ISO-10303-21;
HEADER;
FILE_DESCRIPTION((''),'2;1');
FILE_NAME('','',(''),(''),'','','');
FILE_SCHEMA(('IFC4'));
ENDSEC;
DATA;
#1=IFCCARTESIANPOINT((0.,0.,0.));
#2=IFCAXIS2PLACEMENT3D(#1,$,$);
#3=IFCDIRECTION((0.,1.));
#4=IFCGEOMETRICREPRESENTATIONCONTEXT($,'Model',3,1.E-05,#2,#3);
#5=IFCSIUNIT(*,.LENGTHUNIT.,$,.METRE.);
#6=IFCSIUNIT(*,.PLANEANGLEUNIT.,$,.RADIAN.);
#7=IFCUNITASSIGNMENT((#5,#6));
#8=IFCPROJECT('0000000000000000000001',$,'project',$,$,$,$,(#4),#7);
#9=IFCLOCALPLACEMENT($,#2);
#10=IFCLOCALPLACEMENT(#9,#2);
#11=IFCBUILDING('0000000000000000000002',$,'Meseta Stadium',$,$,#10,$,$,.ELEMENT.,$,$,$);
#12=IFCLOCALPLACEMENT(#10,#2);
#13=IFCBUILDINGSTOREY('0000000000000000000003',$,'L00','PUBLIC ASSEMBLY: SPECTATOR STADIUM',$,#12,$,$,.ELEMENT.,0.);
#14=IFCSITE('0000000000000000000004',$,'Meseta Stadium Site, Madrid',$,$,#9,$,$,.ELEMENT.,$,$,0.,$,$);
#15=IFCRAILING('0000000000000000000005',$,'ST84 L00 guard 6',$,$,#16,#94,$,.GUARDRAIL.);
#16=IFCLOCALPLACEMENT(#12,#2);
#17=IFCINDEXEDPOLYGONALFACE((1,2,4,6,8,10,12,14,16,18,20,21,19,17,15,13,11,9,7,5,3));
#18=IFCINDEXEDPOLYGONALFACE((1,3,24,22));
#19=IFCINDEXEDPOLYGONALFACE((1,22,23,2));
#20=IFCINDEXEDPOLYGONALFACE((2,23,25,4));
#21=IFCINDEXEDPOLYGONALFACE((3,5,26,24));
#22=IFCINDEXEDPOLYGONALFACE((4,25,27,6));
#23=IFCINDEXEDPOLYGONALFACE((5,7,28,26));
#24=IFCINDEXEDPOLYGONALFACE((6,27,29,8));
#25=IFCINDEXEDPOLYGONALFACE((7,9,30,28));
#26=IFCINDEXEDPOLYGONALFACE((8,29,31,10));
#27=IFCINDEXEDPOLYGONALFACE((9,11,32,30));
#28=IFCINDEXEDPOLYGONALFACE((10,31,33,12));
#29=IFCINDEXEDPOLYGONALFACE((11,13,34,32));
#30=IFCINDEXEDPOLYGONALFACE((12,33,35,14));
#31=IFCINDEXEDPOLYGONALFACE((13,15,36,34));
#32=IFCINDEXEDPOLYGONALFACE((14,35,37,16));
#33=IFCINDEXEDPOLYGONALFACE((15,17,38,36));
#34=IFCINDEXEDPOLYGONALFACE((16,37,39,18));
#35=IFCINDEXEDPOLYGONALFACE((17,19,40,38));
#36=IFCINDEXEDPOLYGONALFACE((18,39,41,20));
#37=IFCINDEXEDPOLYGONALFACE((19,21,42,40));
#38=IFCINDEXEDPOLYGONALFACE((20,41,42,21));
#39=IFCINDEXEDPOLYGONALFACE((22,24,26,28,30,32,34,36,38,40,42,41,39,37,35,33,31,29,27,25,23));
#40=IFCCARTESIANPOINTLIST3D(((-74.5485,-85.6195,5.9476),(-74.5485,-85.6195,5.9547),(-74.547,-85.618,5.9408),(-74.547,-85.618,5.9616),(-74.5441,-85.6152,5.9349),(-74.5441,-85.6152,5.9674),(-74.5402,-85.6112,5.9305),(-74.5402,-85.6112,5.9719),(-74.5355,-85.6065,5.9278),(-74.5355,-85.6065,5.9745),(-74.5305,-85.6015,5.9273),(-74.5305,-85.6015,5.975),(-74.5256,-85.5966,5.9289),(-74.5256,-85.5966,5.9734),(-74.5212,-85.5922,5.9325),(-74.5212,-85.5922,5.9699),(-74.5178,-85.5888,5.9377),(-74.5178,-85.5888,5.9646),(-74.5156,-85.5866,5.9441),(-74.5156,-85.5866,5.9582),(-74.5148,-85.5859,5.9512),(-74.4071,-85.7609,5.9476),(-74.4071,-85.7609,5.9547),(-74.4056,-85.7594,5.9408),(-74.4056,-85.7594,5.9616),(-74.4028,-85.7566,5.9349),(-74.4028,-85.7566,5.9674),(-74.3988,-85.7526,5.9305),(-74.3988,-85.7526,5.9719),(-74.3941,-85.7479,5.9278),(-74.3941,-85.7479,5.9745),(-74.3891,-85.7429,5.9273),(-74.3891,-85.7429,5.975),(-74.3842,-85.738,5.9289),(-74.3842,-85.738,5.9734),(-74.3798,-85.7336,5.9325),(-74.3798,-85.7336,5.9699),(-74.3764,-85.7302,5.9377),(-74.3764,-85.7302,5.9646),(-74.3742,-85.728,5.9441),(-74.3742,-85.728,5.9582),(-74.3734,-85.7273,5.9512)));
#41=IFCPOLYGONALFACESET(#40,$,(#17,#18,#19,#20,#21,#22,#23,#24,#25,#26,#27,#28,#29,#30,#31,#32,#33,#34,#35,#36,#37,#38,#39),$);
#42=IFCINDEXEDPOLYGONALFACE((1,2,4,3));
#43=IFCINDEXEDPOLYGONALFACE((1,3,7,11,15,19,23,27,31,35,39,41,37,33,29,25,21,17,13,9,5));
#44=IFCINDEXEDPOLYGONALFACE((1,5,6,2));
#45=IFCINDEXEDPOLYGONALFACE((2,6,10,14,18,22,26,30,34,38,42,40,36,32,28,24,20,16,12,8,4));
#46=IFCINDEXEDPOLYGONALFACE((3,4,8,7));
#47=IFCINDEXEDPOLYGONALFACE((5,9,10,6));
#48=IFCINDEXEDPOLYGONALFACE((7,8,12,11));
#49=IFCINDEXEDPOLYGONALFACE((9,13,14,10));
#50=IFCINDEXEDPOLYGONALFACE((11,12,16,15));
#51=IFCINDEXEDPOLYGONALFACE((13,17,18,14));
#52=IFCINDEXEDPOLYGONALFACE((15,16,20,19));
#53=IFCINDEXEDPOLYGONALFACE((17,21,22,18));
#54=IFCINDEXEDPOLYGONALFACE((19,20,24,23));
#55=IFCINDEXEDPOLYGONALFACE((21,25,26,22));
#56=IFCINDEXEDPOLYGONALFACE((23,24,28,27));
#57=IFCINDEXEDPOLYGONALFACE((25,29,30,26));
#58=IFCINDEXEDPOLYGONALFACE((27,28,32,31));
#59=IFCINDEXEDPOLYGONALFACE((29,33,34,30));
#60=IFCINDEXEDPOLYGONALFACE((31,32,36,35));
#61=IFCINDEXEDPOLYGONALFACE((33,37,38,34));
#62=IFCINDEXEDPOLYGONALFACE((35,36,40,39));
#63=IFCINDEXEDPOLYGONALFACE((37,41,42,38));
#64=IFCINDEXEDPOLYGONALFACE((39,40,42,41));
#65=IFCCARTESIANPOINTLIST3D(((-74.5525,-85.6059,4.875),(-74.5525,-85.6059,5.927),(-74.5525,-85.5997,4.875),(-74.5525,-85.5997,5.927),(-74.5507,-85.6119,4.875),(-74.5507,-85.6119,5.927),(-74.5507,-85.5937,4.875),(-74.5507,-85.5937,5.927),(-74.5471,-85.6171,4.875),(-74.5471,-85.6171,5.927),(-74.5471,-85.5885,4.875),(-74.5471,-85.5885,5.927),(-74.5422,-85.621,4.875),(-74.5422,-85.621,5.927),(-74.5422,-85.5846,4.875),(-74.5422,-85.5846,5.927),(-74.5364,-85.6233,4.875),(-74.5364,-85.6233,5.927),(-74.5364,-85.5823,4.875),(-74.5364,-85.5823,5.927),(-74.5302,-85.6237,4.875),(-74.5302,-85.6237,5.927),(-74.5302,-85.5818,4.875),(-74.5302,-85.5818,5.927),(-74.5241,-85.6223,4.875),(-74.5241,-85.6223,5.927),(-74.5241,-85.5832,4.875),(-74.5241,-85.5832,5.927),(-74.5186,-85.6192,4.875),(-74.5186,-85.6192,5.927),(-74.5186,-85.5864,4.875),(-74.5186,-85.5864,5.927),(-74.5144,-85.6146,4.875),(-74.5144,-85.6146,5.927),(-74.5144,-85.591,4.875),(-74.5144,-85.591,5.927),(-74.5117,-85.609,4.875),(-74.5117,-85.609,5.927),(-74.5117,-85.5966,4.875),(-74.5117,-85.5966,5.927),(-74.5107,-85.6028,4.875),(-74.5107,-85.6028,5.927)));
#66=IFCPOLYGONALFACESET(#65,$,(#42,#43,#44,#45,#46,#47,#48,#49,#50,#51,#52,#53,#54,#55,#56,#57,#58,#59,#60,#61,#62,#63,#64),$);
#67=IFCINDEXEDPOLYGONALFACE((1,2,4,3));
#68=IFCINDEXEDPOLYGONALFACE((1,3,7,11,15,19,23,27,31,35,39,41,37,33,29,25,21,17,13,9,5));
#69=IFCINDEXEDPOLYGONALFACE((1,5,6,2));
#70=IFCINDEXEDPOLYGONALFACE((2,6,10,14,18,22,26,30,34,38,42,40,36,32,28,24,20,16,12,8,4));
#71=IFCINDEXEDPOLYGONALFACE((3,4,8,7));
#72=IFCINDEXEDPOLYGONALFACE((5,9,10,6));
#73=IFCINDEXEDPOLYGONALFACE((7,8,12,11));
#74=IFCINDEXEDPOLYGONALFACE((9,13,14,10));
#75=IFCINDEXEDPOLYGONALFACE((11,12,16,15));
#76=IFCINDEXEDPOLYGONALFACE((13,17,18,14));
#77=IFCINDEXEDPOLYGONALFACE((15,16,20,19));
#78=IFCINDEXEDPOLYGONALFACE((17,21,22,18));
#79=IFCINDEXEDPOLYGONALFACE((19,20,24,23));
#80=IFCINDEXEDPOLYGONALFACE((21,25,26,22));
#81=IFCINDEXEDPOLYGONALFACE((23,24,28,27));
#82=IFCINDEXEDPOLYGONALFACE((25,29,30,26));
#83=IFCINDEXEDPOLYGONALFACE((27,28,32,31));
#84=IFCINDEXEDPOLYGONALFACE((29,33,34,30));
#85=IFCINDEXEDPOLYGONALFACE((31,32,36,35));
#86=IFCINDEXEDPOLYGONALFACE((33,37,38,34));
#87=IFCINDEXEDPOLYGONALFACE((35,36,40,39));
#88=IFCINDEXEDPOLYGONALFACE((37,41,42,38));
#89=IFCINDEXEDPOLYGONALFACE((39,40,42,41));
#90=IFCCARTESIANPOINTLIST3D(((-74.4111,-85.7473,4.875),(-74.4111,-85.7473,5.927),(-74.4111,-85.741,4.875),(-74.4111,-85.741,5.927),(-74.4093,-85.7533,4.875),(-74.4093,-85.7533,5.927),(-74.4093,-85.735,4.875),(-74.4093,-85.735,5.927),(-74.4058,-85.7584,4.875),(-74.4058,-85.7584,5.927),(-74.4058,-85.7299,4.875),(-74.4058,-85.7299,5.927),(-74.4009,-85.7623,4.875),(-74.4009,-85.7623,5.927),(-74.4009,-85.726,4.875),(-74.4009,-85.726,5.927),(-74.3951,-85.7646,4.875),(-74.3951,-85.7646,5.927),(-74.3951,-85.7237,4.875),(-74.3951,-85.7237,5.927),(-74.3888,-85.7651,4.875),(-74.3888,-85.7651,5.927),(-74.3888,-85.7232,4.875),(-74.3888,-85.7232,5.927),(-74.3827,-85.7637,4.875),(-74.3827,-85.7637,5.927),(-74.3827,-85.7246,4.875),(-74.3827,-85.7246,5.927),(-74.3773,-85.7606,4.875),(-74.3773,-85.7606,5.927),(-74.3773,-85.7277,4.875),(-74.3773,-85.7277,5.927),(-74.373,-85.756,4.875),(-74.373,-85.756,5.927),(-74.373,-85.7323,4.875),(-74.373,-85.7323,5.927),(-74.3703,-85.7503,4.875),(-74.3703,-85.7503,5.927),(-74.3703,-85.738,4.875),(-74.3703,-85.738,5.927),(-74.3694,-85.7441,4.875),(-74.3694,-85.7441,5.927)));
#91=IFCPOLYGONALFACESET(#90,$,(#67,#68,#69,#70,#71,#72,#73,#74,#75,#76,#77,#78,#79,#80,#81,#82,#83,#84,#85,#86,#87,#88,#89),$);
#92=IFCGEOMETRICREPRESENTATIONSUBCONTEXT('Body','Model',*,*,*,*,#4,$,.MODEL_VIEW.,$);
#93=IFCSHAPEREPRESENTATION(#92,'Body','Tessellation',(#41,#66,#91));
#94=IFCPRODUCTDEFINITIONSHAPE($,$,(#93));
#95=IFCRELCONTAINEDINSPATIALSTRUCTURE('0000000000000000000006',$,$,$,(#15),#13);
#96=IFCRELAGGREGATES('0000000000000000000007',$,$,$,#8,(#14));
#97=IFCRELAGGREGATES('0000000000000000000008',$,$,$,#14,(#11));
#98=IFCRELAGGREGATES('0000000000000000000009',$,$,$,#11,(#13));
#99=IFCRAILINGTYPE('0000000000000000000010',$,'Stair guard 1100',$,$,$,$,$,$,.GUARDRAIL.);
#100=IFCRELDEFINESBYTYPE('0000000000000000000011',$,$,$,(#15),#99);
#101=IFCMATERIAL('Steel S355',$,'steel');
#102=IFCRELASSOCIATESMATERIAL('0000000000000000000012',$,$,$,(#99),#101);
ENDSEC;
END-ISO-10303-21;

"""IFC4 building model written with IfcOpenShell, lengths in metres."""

from ifc_helpers import new_model, si_unit, direction, frame, origin, origin_2d, place, context, subcontext, project, spatial, circle, extrude, material, type_object, element, save


model = new_model("IFC4")

# Units and contexts
model_context = context("Model", 3, precision=1e-05, world=origin(), true_north=direction((0.0, 1.0)))
body_context = subcontext(model_context, "Body", "Model", "MODEL_VIEW")
ifc_project = project(units=[si_unit("LENGTHUNIT", "METRE"), si_unit("PLANEANGLEUNIT", "RADIAN")], contexts=[model_context])

# Site, building, storey
site_placement = place(None, origin())
site = spatial("IfcSite", under=ifc_project, at=site_placement, Name="Meseta Stadium Site, Madrid", CompositionType="ELEMENT", RefElevation=0.0)
building_placement = place(site_placement, origin())
building = spatial("IfcBuilding", under=site, at=building_placement, Name="Meseta Stadium", CompositionType="ELEMENT")
storey_placement = place(building_placement, origin())
storey = spatial("IfcBuildingStorey", under=building, at=storey_placement, Name="L00", Description="PUBLIC ASSEMBLY: SPECTATOR STADIUM", CompositionType="ELEMENT", Elevation=0.0)

# Railing
ifc_material_1 = material(Name="Steel S355", Category="steel")
railing_type_1 = type_object("IfcRailingType", Name="Stair guard 1100", PredefinedType="GUARDRAIL", material=ifc_material_1)
railing_1_placement = place(storey_placement, frame((-74.5317, -85.6028, 4.875)))
element("IfcRailing", 1, at=railing_1_placement, inside=storey, type_object=railing_type_1, Name="ST84 L00 guard 6", PredefinedType="GUARDRAIL", context=body_context, shape_type="SweptSolid", body=[
    extrude(circle(Radius=0.0239, at=origin_2d()), frame((0.0, 0.0, 1.0762), z_axis=(0.707107, -0.707107, 0.0), x_axis=(0.707107, 0.707107, 0.0)), (0.0, 0.0, 1.0), 0.2),
    extrude(circle(Radius=0.021, at=origin_2d()), origin(), (0.0, 0.0, 1.0), 1.052),
    extrude(circle(Radius=0.021, at=origin_2d()), frame((0.1414, -0.1414, 0.0)), (0.0, 0.0, 1.0), 1.052),
])

save(model, "model.ifc")
